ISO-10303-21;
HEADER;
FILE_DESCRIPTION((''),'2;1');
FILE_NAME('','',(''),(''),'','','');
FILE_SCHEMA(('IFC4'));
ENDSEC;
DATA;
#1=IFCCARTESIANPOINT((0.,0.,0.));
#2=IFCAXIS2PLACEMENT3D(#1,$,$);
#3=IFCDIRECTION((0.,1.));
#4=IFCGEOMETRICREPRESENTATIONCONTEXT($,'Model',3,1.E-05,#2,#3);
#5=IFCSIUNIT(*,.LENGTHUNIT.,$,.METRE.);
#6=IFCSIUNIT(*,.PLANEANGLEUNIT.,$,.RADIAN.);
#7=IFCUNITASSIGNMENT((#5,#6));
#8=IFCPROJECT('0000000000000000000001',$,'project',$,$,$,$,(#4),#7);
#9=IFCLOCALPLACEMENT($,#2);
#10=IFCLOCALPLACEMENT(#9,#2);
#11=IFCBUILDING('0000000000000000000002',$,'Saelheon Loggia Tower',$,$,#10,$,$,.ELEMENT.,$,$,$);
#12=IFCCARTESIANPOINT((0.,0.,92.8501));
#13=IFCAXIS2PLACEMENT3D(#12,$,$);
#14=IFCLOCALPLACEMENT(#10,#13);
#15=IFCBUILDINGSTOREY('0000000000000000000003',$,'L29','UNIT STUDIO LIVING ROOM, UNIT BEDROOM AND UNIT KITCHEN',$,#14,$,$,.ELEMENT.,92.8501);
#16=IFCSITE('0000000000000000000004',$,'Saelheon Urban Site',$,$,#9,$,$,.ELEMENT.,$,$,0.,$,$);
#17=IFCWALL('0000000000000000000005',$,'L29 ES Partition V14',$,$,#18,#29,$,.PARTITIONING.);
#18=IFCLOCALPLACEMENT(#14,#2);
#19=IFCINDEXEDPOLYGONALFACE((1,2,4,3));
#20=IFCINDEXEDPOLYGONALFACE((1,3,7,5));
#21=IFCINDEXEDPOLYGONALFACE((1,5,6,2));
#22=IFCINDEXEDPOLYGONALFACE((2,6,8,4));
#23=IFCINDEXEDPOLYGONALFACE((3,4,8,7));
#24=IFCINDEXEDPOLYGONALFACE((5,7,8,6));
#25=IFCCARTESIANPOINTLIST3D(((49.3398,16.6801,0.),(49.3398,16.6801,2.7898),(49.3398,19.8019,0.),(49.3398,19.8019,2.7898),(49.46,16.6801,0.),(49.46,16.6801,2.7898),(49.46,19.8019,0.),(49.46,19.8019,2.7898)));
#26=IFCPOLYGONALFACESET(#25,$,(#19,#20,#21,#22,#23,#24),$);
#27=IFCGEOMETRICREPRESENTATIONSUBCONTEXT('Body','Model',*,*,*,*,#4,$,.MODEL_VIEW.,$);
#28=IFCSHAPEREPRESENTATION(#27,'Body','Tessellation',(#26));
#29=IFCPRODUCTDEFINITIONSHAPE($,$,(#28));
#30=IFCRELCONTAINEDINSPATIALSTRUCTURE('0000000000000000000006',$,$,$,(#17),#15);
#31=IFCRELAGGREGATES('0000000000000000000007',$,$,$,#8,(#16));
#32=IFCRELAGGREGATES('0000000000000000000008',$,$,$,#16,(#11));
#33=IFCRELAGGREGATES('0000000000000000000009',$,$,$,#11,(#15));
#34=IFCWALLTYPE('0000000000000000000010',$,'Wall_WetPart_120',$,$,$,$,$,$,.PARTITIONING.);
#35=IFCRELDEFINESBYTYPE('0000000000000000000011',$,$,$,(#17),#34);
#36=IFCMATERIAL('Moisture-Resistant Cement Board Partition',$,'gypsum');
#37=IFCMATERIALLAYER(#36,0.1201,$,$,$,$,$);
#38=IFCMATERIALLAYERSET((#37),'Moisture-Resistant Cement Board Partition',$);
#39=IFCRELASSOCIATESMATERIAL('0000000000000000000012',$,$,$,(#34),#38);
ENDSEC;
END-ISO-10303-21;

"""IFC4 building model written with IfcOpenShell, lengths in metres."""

from ifc_helpers import new_model, si_unit, direction, frame, frame_2d, origin, place, context, subcontext, project, spatial, rectangle, extrude, material, layer, layer_set, type_object, element, save


model = new_model("IFC4")

# Units and contexts
model_context = context("Model", 3, precision=1e-05, world=origin(), true_north=direction((0.0, 1.0)))
body_context = subcontext(model_context, "Body", "Model", "MODEL_VIEW")
ifc_project = project(units=[si_unit("LENGTHUNIT", "METRE"), si_unit("PLANEANGLEUNIT", "RADIAN")], contexts=[model_context])

# Site, building, storey
site_placement = place(None, origin())
site = spatial("IfcSite", under=ifc_project, at=site_placement, Name="Saelheon Urban Site", CompositionType="ELEMENT", RefElevation=0.0)
building_placement = place(site_placement, origin())
building = spatial("IfcBuilding", under=site, at=building_placement, Name="Saelheon Loggia Tower", CompositionType="ELEMENT")
storey_placement = place(building_placement, frame((0.0, 0.0, 92.8501)))
storey = spatial("IfcBuildingStorey", under=building, at=storey_placement, Name="L29", Description="UNIT STUDIO LIVING ROOM, UNIT BEDROOM AND UNIT KITCHEN", CompositionType="ELEMENT", Elevation=92.8501)

# Shared definitions
ifc_material_1 = material(Name="Moisture-Resistant Cement Board Partition", Category="gypsum")
ifc_layer_1 = layer(ifc_material_1, 0.1201)
ifc_layer_set_1 = layer_set([ifc_layer_1], Name="Moisture-Resistant Cement Board Partition")
wall_type_1 = type_object("IfcWallType", Name="Wall_WetPart_120", PredefinedType="PARTITIONING", material=ifc_layer_set_1)

# Wall
wall_1_placement = place(storey_placement, frame((49.3999, 16.6799, 0.0), z_axis=(0.0, 0.0, 1.0), x_axis=(0.0, 1.0, 0.0)))
element("IfcWall", 1, at=wall_1_placement, inside=storey, type_object=wall_type_1, Name="L29 ES Partition V14", PredefinedType="PARTITIONING", context=body_context, shape_type="SweptSolid", body=[
    extrude(rectangle(XDim=3.1218, YDim=0.1201, at=frame_2d((1.561, 0.0))), origin(), (0.0, 0.0, 1.0), 2.7898),
])

save(model, "model.ifc")
